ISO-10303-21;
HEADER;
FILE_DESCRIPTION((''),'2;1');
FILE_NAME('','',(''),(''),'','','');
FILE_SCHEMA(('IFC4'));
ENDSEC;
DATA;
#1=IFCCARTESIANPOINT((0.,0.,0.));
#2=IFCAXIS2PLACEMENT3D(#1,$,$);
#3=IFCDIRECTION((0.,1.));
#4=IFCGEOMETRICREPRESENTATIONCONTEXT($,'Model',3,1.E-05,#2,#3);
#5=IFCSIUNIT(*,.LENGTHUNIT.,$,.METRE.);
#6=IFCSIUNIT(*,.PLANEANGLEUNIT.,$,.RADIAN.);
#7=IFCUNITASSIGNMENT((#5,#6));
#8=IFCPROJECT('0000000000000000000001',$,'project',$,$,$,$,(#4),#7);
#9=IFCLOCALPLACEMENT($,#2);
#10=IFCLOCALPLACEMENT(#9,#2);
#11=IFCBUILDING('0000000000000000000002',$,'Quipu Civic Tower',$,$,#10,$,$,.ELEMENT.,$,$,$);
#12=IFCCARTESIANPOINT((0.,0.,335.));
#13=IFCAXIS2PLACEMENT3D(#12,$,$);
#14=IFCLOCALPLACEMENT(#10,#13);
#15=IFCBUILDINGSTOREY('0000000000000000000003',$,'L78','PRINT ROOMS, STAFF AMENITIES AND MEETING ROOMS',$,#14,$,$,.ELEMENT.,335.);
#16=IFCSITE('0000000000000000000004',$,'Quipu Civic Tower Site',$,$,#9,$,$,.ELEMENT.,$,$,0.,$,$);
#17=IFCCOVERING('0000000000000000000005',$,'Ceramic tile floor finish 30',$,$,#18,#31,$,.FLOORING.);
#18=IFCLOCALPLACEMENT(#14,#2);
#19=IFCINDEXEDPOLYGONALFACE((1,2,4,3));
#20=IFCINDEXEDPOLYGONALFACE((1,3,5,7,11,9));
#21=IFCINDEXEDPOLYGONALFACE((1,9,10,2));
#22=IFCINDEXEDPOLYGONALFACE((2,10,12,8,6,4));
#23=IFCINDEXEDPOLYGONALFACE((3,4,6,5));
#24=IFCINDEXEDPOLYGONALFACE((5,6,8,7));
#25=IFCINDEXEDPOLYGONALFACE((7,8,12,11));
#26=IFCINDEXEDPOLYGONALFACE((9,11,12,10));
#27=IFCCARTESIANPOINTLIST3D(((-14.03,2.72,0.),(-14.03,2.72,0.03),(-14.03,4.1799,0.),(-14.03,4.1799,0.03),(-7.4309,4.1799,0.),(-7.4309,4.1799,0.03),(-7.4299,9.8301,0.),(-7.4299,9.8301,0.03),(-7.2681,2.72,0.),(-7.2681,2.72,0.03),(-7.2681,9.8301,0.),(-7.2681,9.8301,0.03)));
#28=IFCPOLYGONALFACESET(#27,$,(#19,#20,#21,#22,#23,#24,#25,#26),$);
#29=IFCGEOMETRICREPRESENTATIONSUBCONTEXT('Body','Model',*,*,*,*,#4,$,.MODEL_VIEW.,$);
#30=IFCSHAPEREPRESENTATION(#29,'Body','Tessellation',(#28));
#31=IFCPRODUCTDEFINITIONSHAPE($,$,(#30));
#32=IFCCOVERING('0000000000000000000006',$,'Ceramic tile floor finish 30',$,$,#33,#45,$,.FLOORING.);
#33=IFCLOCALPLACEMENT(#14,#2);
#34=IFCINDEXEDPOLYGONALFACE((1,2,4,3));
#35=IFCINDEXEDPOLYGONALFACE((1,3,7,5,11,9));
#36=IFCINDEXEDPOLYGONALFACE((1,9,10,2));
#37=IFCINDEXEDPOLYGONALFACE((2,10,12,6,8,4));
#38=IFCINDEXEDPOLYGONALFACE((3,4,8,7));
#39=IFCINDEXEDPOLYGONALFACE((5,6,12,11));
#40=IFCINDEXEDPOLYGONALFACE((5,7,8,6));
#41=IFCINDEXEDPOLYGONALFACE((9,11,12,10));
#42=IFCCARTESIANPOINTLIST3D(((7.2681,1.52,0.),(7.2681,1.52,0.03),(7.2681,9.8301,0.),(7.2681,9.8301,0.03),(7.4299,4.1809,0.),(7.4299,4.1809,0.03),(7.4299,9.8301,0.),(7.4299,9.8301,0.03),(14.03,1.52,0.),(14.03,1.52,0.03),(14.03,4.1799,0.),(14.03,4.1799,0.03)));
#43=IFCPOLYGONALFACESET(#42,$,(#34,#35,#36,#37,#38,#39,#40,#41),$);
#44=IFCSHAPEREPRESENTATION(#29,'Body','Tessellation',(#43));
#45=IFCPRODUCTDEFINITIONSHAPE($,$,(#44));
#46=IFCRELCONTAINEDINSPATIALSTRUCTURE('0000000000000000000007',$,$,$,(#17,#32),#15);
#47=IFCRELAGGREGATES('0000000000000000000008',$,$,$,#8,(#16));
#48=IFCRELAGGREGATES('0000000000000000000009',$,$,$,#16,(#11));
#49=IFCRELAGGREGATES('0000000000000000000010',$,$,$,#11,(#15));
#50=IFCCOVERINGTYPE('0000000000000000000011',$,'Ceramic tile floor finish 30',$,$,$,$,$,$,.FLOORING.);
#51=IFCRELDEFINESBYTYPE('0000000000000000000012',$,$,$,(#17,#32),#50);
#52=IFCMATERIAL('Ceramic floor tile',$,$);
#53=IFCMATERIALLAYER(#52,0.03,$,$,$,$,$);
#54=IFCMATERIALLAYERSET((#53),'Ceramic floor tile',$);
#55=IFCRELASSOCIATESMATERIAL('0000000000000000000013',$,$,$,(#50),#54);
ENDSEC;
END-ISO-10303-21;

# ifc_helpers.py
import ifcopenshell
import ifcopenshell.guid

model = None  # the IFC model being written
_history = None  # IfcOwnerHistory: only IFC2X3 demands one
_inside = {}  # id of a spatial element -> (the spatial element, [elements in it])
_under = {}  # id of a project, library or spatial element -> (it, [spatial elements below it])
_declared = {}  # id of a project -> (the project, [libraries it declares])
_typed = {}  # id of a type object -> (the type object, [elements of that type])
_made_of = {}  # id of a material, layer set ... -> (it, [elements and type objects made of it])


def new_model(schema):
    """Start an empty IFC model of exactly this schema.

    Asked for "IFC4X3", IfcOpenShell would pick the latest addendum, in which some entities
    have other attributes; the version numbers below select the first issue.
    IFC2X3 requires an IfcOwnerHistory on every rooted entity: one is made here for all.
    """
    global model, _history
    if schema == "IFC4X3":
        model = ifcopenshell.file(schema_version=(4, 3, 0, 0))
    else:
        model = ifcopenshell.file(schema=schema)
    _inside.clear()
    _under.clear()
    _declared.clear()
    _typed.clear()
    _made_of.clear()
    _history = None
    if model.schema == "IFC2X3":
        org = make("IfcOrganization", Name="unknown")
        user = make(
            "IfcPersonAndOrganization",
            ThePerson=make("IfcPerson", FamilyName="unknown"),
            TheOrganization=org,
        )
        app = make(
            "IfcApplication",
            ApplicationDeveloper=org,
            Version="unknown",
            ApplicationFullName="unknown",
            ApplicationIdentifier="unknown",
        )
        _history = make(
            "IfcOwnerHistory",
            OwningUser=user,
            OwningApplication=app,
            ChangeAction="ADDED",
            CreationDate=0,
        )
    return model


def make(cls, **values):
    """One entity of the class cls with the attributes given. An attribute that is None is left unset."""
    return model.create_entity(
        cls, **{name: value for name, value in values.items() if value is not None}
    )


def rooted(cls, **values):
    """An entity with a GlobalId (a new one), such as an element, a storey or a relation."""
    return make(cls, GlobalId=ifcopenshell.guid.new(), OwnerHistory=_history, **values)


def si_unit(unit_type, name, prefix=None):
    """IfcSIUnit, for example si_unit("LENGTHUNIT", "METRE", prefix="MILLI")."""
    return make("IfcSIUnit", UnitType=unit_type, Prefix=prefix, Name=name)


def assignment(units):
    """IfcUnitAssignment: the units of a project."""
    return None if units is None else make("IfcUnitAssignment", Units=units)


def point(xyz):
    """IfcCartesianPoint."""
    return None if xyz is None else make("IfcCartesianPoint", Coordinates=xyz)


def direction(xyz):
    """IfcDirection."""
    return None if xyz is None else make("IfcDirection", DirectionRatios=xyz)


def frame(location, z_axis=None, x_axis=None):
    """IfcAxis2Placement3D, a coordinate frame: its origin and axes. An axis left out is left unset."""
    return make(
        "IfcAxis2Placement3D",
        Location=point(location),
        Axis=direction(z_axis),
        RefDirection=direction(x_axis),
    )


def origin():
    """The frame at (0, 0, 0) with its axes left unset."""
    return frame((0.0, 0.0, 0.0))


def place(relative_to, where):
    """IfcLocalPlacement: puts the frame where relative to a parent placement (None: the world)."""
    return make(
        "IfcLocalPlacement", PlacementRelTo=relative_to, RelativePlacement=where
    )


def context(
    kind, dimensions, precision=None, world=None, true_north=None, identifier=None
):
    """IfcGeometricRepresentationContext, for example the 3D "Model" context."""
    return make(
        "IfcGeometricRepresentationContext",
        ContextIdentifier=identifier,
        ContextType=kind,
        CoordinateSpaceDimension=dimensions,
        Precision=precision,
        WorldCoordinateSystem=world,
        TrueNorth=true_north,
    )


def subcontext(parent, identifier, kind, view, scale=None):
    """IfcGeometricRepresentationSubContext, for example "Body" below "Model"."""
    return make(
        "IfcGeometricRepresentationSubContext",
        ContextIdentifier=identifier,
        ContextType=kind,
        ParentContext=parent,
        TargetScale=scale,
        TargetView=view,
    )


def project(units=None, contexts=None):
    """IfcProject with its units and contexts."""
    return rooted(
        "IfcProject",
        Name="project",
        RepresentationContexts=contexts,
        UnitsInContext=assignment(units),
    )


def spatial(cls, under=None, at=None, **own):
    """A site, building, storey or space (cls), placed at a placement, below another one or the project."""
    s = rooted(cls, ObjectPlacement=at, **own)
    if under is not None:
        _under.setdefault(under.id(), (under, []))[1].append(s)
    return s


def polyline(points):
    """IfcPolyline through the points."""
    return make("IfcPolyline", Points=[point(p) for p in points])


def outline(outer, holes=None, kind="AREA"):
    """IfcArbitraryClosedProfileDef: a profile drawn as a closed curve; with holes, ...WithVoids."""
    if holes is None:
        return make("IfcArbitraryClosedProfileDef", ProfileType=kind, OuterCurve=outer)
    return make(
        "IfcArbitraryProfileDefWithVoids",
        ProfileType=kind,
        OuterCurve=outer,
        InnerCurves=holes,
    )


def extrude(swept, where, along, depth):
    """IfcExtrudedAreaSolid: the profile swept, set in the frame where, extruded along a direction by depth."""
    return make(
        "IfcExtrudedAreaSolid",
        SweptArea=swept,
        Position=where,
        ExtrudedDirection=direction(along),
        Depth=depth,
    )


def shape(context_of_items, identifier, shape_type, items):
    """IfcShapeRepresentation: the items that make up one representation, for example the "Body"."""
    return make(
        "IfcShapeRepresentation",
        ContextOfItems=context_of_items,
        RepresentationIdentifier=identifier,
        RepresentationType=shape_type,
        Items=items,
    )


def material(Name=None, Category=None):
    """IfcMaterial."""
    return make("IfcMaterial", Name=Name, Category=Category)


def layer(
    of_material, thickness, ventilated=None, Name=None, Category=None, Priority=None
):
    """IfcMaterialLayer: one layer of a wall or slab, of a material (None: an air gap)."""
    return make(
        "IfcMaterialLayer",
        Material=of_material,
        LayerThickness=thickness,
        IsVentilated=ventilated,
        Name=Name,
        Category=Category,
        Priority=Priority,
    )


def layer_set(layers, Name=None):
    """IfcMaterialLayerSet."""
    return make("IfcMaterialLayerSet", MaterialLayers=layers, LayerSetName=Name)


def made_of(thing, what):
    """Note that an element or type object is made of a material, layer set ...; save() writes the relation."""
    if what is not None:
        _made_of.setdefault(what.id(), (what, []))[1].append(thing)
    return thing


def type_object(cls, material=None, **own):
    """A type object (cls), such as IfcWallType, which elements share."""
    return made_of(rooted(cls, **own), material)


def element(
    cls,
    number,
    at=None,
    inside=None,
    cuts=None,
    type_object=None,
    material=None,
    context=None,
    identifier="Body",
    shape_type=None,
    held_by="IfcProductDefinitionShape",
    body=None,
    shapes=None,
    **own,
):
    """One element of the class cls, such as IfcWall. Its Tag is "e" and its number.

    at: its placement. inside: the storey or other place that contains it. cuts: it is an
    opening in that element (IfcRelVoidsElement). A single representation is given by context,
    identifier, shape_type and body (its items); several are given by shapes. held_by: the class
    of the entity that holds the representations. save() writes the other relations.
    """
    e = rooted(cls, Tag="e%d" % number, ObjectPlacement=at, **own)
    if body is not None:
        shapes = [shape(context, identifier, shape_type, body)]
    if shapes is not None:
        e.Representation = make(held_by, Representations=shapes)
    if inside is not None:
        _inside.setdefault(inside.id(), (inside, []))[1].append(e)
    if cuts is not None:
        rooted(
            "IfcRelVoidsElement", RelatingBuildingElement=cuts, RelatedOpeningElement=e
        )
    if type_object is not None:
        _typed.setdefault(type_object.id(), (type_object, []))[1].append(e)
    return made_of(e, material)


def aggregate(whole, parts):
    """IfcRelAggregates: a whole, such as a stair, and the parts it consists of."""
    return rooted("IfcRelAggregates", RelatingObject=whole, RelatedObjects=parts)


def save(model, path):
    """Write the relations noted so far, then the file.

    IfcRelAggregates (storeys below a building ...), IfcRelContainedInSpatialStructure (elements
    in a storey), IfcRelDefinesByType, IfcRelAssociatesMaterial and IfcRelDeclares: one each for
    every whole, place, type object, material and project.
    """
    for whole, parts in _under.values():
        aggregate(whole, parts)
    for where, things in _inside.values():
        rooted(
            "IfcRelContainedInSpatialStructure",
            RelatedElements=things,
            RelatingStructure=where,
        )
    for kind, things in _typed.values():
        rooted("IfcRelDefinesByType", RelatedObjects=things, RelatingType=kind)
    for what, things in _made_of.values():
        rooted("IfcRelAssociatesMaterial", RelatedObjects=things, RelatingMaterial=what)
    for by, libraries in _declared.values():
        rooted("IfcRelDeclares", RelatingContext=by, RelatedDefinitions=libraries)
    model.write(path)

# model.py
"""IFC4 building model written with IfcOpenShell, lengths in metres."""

from ifc_helpers import new_model, si_unit, direction, frame, origin, place, context, subcontext, project, spatial, polyline, outline, extrude, material, layer, layer_set, type_object, element, save


model = new_model("IFC4")

# Units and contexts
model_context = context("Model", 3, precision=1e-05, world=origin(), true_north=direction((0.0, 1.0)))
body_context = subcontext(model_context, "Body", "Model", "MODEL_VIEW")
ifc_project = project(units=[si_unit("LENGTHUNIT", "METRE"), si_unit("PLANEANGLEUNIT", "RADIAN")], contexts=[model_context])

# Site, building, storey
site_placement = place(None, origin())
site = spatial("IfcSite", under=ifc_project, at=site_placement, Name="Quipu Civic Tower Site", CompositionType="ELEMENT", RefElevation=0.0)
building_placement = place(site_placement, origin())
building = spatial("IfcBuilding", under=site, at=building_placement, Name="Quipu Civic Tower", CompositionType="ELEMENT")
storey_placement = place(building_placement, frame((0.0, 0.0, 335.0)))
storey = spatial("IfcBuildingStorey", under=building, at=storey_placement, Name="L78", Description="PRINT ROOMS, STAFF AMENITIES AND MEETING ROOMS", CompositionType="ELEMENT", Elevation=335.0)

# Coverings
ifc_material_1 = material(Name="Ceramic floor tile")
ifc_layer_1 = layer(ifc_material_1, 0.03)
ifc_layer_set_1 = layer_set([ifc_layer_1], Name="Ceramic floor tile")
covering_type = type_object("IfcCoveringType", Name="Ceramic tile floor finish 30", PredefinedType="FLOORING", material=ifc_layer_set_1)
covering_1_placement = place(storey_placement, origin())
element("IfcCovering", 1, at=covering_1_placement, inside=storey, type_object=covering_type, Name="Ceramic tile floor finish 30", PredefinedType="FLOORING", context=body_context, shape_type="SweptSolid", body=[
    extrude(outline(polyline([(-14.03, 4.1799), (-7.4309, 4.1799), (-7.4299, 9.8301), (-7.2681, 9.8301), (-7.2681, 2.72), (-14.03, 2.72), (-14.03, 4.1799)])), origin(), (0.0, 0.0, 1.0), 0.03),
])
covering_2_placement = place(storey_placement, origin())
element("IfcCovering", 2, at=covering_2_placement, inside=storey, type_object=covering_type, Name="Ceramic tile floor finish 30", PredefinedType="FLOORING", context=body_context, shape_type="SweptSolid", body=[
    extrude(outline(polyline([(7.2681, 1.52), (7.2681, 9.8301), (7.4299, 9.8301), (7.4299, 4.1809), (14.03, 4.1799), (14.03, 1.52), (7.2681, 1.52)])), origin(), (0.0, 0.0, 1.0), 0.03),
])

save(model, "model.ifc")
